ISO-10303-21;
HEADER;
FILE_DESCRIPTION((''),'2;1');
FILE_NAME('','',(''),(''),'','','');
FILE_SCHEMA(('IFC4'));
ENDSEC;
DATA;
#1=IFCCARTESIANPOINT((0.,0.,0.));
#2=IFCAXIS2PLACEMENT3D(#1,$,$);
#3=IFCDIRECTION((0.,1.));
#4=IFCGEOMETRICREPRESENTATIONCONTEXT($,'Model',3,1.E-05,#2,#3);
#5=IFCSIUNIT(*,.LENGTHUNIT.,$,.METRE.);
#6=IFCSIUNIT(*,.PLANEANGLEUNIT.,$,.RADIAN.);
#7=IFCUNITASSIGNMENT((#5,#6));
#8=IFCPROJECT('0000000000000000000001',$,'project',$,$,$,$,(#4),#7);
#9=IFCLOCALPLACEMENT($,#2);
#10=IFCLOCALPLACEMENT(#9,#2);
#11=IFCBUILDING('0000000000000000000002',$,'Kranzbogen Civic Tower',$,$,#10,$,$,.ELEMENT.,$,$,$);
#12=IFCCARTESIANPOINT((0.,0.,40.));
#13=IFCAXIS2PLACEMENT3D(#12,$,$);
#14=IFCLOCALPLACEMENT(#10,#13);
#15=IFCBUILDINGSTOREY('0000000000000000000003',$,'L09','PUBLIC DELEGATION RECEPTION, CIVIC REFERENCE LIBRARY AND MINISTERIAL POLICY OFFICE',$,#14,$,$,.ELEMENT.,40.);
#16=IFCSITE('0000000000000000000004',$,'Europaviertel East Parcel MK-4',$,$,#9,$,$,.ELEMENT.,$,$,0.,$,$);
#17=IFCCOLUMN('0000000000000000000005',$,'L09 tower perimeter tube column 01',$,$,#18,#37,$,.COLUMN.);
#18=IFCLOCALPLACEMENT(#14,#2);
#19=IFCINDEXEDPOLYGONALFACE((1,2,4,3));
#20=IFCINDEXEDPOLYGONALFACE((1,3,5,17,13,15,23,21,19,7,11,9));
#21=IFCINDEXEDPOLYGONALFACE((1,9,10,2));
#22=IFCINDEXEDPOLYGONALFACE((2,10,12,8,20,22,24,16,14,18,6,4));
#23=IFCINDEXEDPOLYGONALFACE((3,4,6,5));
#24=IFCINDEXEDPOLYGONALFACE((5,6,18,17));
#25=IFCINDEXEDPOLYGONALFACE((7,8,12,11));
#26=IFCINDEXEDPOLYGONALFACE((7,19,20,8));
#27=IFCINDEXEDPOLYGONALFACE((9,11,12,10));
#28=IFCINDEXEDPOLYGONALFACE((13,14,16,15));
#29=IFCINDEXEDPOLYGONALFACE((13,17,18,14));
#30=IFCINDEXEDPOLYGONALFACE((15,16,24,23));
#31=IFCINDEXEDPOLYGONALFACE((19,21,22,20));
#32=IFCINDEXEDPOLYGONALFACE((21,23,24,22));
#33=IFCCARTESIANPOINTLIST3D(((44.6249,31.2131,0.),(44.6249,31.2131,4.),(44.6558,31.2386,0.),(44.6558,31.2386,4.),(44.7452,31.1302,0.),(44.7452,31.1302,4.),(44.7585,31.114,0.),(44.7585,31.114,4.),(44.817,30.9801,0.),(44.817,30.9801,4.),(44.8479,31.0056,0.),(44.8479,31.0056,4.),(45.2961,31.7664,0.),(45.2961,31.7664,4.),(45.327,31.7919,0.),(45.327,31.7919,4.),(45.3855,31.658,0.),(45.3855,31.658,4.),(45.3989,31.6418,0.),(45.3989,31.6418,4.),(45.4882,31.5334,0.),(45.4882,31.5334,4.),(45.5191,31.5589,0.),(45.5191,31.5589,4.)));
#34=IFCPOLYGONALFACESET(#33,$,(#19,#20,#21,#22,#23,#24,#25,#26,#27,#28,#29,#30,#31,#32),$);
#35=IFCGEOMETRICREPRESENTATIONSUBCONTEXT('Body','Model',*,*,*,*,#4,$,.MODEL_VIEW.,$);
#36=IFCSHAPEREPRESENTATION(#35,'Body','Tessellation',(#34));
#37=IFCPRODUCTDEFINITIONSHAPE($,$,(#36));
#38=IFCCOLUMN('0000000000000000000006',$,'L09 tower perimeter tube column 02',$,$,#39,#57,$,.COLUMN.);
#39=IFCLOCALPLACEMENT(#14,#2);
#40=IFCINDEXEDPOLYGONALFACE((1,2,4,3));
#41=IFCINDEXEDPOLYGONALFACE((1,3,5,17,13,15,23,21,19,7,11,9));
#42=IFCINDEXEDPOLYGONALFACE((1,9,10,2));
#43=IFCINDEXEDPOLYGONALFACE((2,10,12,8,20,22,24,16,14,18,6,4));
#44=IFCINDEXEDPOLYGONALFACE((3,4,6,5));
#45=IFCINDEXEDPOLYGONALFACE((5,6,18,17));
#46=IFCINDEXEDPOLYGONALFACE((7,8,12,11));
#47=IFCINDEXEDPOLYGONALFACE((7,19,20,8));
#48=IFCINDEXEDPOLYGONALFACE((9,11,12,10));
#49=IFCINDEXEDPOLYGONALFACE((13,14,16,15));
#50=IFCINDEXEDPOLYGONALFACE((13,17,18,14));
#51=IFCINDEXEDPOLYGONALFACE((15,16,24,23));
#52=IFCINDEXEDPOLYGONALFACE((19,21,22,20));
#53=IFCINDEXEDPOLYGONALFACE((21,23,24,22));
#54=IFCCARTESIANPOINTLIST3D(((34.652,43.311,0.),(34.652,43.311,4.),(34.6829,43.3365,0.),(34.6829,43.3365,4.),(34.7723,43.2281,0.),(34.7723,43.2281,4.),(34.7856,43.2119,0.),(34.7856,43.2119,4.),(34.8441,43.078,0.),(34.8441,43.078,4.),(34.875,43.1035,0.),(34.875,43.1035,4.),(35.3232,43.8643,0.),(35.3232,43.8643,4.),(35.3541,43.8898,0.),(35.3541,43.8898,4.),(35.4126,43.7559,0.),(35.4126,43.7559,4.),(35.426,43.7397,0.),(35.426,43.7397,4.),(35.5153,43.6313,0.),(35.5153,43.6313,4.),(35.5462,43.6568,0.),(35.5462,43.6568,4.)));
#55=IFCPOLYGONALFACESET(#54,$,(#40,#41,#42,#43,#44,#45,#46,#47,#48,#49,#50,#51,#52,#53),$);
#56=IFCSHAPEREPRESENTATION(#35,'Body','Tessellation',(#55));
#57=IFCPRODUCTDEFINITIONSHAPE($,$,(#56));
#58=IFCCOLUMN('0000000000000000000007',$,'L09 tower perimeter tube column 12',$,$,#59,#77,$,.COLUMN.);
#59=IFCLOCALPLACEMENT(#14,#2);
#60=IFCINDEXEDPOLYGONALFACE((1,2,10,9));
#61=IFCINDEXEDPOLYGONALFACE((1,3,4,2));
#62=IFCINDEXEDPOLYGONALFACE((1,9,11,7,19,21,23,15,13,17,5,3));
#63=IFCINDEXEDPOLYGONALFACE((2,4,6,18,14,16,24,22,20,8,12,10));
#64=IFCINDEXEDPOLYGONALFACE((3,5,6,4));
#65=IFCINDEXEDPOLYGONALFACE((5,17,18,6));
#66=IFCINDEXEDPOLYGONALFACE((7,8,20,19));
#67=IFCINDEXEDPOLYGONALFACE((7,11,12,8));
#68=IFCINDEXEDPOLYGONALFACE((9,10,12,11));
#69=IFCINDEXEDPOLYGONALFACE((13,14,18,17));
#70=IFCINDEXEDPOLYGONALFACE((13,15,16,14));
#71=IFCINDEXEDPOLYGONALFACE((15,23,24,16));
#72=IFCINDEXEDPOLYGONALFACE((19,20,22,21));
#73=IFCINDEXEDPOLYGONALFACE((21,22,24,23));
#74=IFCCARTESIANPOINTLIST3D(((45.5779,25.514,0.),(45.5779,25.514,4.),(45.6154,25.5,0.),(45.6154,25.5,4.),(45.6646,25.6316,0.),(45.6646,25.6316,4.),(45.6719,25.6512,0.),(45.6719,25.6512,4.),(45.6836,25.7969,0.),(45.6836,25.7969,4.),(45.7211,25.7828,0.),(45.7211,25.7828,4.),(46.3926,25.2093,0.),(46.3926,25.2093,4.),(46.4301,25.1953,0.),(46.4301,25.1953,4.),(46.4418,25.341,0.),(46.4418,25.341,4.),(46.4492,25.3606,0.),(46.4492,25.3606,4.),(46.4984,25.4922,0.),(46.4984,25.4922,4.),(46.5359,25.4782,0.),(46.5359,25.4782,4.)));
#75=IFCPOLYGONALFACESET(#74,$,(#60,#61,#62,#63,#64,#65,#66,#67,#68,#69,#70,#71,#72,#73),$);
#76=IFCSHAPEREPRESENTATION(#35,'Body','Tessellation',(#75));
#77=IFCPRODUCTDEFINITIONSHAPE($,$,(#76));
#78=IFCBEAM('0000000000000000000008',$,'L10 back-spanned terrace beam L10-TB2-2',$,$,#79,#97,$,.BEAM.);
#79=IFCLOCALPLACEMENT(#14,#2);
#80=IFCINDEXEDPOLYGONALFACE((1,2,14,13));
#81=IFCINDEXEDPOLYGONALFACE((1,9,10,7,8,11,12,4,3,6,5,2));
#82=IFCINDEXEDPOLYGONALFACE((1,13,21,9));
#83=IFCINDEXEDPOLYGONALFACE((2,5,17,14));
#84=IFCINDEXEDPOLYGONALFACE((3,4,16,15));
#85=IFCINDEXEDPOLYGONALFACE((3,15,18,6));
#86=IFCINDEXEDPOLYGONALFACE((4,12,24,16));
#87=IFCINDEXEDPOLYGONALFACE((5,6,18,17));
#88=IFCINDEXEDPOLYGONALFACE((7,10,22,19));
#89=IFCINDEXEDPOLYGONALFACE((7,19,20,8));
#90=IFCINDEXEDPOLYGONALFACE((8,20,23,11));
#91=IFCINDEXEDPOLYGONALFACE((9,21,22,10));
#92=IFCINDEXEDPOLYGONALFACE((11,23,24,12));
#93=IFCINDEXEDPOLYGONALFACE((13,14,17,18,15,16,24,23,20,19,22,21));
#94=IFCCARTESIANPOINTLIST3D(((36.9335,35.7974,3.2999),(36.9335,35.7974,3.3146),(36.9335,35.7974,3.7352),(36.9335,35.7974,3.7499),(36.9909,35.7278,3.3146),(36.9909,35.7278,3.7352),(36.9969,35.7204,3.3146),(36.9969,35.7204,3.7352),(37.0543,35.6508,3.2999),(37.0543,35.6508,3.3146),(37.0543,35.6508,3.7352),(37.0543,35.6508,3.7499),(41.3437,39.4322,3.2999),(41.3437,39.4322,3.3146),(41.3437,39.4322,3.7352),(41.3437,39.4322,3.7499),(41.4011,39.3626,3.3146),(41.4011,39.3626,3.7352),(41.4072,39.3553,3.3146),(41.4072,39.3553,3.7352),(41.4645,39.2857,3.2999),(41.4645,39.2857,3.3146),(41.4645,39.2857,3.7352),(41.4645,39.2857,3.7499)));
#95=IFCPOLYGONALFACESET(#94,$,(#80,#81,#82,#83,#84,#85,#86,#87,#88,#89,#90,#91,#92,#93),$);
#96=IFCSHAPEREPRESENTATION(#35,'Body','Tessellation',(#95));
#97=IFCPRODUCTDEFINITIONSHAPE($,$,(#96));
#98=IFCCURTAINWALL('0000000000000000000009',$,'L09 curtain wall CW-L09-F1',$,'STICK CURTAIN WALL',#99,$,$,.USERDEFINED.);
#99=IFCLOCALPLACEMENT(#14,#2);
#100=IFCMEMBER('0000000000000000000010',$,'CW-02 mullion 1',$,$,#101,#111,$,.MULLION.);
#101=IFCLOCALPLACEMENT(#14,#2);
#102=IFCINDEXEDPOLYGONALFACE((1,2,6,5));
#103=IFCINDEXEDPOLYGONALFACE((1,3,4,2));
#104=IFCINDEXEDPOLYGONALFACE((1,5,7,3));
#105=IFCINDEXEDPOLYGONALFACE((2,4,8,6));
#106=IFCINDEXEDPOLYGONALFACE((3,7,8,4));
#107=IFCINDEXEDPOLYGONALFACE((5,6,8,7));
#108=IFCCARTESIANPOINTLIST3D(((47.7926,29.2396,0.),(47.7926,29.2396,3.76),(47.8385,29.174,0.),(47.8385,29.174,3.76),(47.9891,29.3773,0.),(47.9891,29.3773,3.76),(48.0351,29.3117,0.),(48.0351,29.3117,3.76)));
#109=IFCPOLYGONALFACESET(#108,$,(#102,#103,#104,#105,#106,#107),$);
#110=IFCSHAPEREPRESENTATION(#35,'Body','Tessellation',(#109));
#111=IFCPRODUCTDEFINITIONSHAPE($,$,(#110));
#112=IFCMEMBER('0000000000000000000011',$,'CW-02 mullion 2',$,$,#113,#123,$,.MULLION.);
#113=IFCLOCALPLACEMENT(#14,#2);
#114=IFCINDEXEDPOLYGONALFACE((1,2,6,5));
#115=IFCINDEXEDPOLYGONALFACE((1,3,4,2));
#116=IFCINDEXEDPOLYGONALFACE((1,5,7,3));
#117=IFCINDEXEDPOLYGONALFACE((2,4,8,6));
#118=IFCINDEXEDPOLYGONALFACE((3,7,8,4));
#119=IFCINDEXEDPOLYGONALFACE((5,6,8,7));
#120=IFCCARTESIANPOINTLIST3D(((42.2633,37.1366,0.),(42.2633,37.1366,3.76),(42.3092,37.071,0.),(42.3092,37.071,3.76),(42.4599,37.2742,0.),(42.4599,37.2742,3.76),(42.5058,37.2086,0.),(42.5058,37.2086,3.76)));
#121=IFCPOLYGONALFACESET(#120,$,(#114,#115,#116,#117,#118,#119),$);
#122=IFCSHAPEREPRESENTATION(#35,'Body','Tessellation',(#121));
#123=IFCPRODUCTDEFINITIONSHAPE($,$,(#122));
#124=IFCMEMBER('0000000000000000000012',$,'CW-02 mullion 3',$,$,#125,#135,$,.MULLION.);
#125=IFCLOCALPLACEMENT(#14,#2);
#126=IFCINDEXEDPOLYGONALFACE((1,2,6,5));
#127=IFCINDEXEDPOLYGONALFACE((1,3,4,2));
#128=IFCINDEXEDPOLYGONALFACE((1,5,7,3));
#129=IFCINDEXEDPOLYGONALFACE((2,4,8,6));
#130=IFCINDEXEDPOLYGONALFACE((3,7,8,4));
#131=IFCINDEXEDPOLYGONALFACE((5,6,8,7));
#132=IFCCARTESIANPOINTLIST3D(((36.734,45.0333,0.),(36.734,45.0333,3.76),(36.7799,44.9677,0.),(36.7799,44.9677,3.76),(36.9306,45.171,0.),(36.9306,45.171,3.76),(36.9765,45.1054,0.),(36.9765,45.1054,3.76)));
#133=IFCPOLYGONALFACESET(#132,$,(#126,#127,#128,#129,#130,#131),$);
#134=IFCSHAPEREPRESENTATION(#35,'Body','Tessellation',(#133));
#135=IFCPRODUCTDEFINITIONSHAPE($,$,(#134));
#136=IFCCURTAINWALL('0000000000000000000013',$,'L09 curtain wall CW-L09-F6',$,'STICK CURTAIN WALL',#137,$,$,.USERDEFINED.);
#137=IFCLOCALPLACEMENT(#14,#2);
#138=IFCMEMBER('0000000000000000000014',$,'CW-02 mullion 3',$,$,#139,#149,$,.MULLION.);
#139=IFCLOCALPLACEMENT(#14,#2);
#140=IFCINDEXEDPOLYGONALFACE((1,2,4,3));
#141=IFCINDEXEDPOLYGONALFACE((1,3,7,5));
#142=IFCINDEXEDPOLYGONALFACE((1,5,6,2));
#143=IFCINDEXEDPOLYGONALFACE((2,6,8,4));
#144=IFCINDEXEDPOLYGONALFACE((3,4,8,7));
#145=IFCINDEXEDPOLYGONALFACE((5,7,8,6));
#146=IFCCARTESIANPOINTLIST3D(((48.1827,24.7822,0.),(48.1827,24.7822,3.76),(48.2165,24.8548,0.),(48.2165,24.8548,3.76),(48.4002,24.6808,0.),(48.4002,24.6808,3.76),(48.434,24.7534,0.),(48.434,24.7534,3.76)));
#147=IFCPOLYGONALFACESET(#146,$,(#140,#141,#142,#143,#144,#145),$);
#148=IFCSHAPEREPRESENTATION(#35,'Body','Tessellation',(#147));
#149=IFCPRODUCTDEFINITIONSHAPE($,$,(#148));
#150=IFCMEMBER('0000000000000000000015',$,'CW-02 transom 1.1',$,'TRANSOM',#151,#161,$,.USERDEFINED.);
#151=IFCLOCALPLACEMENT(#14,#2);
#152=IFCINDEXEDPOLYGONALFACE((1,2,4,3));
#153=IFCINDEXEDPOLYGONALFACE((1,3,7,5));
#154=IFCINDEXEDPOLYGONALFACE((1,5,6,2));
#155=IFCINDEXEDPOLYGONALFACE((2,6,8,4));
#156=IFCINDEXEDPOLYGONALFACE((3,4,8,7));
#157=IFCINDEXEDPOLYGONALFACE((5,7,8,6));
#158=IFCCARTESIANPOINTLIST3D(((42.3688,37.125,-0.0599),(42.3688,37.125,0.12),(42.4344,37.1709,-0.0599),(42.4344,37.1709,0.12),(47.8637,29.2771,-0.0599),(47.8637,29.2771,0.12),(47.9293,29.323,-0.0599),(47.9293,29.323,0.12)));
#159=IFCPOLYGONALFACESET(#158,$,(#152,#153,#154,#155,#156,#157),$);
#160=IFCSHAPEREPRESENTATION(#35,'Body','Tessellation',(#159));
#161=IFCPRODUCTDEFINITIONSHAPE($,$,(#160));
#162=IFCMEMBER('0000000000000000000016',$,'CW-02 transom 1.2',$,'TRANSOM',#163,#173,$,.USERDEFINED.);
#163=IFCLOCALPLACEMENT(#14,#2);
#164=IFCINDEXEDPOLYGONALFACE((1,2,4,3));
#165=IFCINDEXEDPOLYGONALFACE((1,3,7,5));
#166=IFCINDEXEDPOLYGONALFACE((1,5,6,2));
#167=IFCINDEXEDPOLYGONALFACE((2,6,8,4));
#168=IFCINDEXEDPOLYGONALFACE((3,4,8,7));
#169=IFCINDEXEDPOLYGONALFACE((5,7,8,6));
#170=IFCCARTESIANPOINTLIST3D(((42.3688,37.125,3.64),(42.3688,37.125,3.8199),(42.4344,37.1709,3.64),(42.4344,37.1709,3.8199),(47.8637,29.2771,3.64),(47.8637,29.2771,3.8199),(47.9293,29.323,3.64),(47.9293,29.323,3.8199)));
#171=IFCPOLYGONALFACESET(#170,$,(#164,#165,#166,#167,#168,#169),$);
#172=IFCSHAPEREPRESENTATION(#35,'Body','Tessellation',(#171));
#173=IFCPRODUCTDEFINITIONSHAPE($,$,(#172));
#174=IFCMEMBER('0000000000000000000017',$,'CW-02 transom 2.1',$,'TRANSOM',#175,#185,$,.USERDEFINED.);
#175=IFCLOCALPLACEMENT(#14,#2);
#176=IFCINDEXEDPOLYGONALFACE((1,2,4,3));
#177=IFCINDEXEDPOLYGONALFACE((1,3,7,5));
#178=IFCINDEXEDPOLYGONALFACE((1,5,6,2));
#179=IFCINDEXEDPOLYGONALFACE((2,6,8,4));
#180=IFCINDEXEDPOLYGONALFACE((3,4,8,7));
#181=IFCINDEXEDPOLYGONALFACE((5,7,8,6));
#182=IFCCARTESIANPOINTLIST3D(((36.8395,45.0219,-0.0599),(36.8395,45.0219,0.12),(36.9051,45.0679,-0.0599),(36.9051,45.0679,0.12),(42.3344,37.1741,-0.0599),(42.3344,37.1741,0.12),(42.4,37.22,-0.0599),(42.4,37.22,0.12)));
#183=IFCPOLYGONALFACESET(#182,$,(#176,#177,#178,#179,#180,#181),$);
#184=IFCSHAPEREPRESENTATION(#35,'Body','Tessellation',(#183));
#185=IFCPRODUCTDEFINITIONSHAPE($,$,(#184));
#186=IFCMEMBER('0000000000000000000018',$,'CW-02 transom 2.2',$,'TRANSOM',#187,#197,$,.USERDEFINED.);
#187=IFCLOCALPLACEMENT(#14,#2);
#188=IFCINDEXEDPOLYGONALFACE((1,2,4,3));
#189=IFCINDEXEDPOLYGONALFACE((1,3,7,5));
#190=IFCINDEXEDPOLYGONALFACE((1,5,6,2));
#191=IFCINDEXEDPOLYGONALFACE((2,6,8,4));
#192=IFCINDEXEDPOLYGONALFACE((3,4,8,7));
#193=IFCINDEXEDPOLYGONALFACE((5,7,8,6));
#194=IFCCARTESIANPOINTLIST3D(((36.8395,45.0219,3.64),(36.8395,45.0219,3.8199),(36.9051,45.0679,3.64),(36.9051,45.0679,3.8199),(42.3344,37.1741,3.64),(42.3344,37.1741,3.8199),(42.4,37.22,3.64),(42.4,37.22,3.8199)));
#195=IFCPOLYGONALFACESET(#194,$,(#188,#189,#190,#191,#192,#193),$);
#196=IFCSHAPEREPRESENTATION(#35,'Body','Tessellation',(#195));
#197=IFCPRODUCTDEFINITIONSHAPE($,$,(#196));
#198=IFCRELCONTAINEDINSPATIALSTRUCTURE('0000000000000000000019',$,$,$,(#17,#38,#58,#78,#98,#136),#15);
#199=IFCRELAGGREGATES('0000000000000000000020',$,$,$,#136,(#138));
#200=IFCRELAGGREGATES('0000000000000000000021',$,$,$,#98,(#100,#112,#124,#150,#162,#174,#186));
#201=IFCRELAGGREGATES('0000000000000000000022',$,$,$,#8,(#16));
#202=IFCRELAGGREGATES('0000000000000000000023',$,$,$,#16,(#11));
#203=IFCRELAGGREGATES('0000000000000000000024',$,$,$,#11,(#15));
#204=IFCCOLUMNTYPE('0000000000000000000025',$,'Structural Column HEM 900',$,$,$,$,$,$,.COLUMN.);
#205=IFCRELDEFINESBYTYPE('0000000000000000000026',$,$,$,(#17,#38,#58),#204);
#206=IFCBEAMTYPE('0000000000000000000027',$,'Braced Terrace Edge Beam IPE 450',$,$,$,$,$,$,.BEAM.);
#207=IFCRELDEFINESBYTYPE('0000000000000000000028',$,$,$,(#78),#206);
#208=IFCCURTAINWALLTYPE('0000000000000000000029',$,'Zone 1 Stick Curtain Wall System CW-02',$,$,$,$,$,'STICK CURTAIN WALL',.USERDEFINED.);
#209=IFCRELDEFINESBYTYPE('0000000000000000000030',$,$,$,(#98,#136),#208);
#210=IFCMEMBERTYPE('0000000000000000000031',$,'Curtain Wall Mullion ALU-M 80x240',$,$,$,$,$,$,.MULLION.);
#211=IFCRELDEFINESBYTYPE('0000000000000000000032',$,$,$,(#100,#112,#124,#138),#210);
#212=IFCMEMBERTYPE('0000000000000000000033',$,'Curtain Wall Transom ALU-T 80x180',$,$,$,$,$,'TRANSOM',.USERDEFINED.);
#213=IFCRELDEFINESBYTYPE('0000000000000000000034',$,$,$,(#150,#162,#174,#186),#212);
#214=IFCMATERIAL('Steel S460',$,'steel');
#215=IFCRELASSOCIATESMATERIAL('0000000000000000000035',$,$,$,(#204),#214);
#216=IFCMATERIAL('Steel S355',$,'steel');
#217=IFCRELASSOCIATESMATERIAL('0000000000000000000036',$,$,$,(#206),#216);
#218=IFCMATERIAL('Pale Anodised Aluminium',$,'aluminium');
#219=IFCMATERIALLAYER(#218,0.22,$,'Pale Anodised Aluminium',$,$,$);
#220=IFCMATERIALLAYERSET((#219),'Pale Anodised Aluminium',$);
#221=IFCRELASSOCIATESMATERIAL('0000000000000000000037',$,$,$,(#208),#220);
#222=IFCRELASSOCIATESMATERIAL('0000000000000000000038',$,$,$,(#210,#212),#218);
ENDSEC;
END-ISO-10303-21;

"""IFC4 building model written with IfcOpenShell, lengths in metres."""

from ifc_helpers import new_model, si_unit, direction, frame, origin, origin_2d, place, context, subcontext, project, spatial, rectangle, i_section, extrude, material, layer, layer_set, material_profile, profile_set, type_object, element, aggregate, save


model = new_model("IFC4")

# Units and contexts
model_context = context("Model", 3, precision=1e-05, world=origin(), true_north=direction((0.0, 1.0)))
body_context = subcontext(model_context, "Body", "Model", "MODEL_VIEW")
ifc_project = project(units=[si_unit("LENGTHUNIT", "METRE"), si_unit("PLANEANGLEUNIT", "RADIAN")], contexts=[model_context])

# Site, building, storey
site_placement = place(None, origin())
site = spatial("IfcSite", under=ifc_project, at=site_placement, Name="Europaviertel East Parcel MK-4", CompositionType="ELEMENT", RefElevation=0.0)
building_placement = place(site_placement, origin())
building = spatial("IfcBuilding", under=site, at=building_placement, Name="Kranzbogen Civic Tower", CompositionType="ELEMENT")
storey_placement = place(building_placement, frame((0.0, 0.0, 40.0)))
storey = spatial("IfcBuildingStorey", under=building, at=storey_placement, Name="L09", Description="PUBLIC DELEGATION RECEPTION, CIVIC REFERENCE LIBRARY AND MINISTERIAL POLICY OFFICE", CompositionType="ELEMENT", Elevation=40.0)

# Columns
ifc_material_1 = material(Name="Steel S460", Category="steel")
ifc_material_profile_1 = material_profile(ifc_material_1, i_section(OverallWidth=0.302, OverallDepth=0.9099, WebThickness=0.021, FlangeThickness=0.04, at=origin_2d()), Name="HEM 900")
ifc_profile_set_1 = profile_set([ifc_material_profile_1], Name="Steel S460")
column_type = type_object("IfcColumnType", Name="Structural Column HEM 900", PredefinedType="COLUMN", material=ifc_profile_set_1)
for number, where, z_axis, x_axis, name in (
    (1, (45.072, 31.386, 0.0), (0.0, 0.0, 1.0), (-0.636078, 0.771625, 0.0), "L09 tower perimeter tube column 01"),
    (2, (35.0991, 43.4839, 0.0), (0.0, 0.0, 1.0), (-0.636078, 0.771625, 0.0), "L09 tower perimeter tube column 02"),
    (3, (46.0569, 25.4961, 0.0), (0.0, 0.0, 1.0), (0.350207, 0.936672, 0.0), "L09 tower perimeter tube column 12"),
):
    element("IfcColumn", number, at=place(storey_placement, frame(where, z_axis=z_axis, x_axis=x_axis)), inside=storey, type_object=column_type, Name=name, PredefinedType="COLUMN", context=body_context, shape_type="SweptSolid", body=[
        extrude(i_section(OverallWidth=0.302, OverallDepth=0.9099, WebThickness=0.021, FlangeThickness=0.04, at=origin_2d()), origin(), (0.0, 0.0, 1.0), 4.0),
    ])

# Beam
ifc_material_2 = material(Name="Steel S355", Category="steel")
ifc_material_profile_2 = material_profile(ifc_material_2, i_section(OverallWidth=0.1899, OverallDepth=0.45, WebThickness=0.0095, FlangeThickness=0.0146, at=origin_2d()), Name="IPE 450")
ifc_profile_set_2 = profile_set([ifc_material_profile_2], Name="Steel S355")
beam_type_1 = type_object("IfcBeamType", Name="Braced Terrace Edge Beam IPE 450", PredefinedType="BEAM", material=ifc_profile_set_2)
beam_1_placement = place(storey_placement, frame((36.9939, 35.7241, 3.5249), z_axis=(0.771684, 0.636007, 0.0), x_axis=(-0.636007, 0.771684, 0.0)))
element("IfcBeam", 4, at=beam_1_placement, inside=storey, type_object=beam_type_1, Name="L10 back-spanned terrace beam L10-TB2-2", PredefinedType="BEAM", context=body_context, shape_type="SweptSolid", body=[
    extrude(i_section(OverallWidth=0.1899, OverallDepth=0.45, WebThickness=0.0095, FlangeThickness=0.0146, at=origin_2d()), origin(), (0.0, 0.0, 1.0), 5.7151),
])

# Curtain wall, members
ifc_material_3 = material(Name="Pale Anodised Aluminium", Category="aluminium")
ifc_layer_1 = layer(ifc_material_3, 0.22, Name="Pale Anodised Aluminium")
ifc_layer_set_1 = layer_set([ifc_layer_1], Name="Pale Anodised Aluminium")
curtain_wall_type = type_object("IfcCurtainWallType", Name="Zone 1 Stick Curtain Wall System CW-02", ElementType="STICK CURTAIN WALL", PredefinedType="USERDEFINED", material=ifc_layer_set_1)
curtain_wall_1_placement = place(storey_placement, origin())
curtain_wall_1 = element("IfcCurtainWall", 5, at=curtain_wall_1_placement, inside=storey, type_object=curtain_wall_type, Name="L09 curtain wall CW-L09-F1", ObjectType="STICK CURTAIN WALL", PredefinedType="USERDEFINED")
ifc_material_profile_3 = material_profile(ifc_material_3, rectangle(XDim=0.0801, YDim=0.24, at=origin_2d()), Name="ALU-M 80x240")
ifc_profile_set_3 = profile_set([ifc_material_profile_3], Name="Pale Anodised Aluminium")
member_type_1 = type_object("IfcMemberType", Name="Curtain Wall Mullion ALU-M 80x240", PredefinedType="MULLION", material=ifc_profile_set_3)
member_1_placement = place(storey_placement, frame((47.9138, 29.2756, 0.0), z_axis=(0.0, 0.0, 1.0), x_axis=(-0.573563, 0.819161, 0.0)))
member_1 = element("IfcMember", 6, at=member_1_placement, type_object=member_type_1, Name="CW-02 mullion 1", PredefinedType="MULLION", context=body_context, shape_type="SweptSolid", body=[
    extrude(rectangle(XDim=0.0801, YDim=0.24, at=origin_2d()), origin(), (0.0, 0.0, 1.0), 3.76),
])
member_2_placement = place(storey_placement, frame((42.3845, 37.1726, 0.0), z_axis=(0.0, 0.0, 1.0), x_axis=(-0.573563, 0.819161, 0.0)))
member_2 = element("IfcMember", 7, at=member_2_placement, type_object=member_type_1, Name="CW-02 mullion 2", PredefinedType="MULLION", context=body_context, shape_type="SweptSolid", body=[
    extrude(rectangle(XDim=0.0801, YDim=0.24, at=origin_2d()), origin(), (0.0, 0.0, 1.0), 3.76),
])
member_3_placement = place(storey_placement, frame((36.8552, 45.0693, 0.0), z_axis=(0.0, 0.0, 1.0), x_axis=(-0.573563, 0.819161, 0.0)))
member_3 = element("IfcMember", 8, at=member_3_placement, type_object=member_type_1, Name="CW-02 mullion 3", PredefinedType="MULLION", context=body_context, shape_type="SweptSolid", body=[
    extrude(rectangle(XDim=0.0801, YDim=0.24, at=origin_2d()), origin(), (0.0, 0.0, 1.0), 3.76),
])

# Curtain wall, member
curtain_wall_2_placement = place(storey_placement, origin())
curtain_wall_2 = element("IfcCurtainWall", 9, at=curtain_wall_2_placement, inside=storey, type_object=curtain_wall_type, Name="L09 curtain wall CW-L09-F6", ObjectType="STICK CURTAIN WALL", PredefinedType="USERDEFINED")
member_4_placement = place(storey_placement, frame((48.3083, 24.7678, 0.0), z_axis=(0.0, 0.0, 1.0), x_axis=(0.422622, 0.906306, 0.0)))
member_4 = element("IfcMember", 10, at=member_4_placement, type_object=member_type_1, Name="CW-02 mullion 3", PredefinedType="MULLION", context=body_context, shape_type="SweptSolid", body=[
    extrude(rectangle(XDim=0.0801, YDim=0.24, at=origin_2d()), origin(), (0.0, 0.0, 1.0), 3.76),
])
aggregate(curtain_wall_2, [member_4])

# Members
ifc_material_profile_4 = material_profile(ifc_material_3, rectangle(XDim=0.0801, YDim=0.1799, at=origin_2d()), Name="ALU-T 80x180")
ifc_profile_set_4 = profile_set([ifc_material_profile_4], Name="Pale Anodised Aluminium")
member_type_2 = type_object("IfcMemberType", Name="Curtain Wall Transom ALU-T 80x180", ElementType="TRANSOM", PredefinedType="USERDEFINED", material=ifc_profile_set_4)
member_5_placement = place(storey_placement, frame((47.8965, 29.3, 0.03), z_axis=(-0.573556, 0.819166, 0.0), x_axis=(-0.819166, -0.573556, 0.0)))
member_5 = element("IfcMember", 11, at=member_5_placement, type_object=member_type_2, Name="CW-02 transom 1.1", ObjectType="TRANSOM", PredefinedType="USERDEFINED", context=body_context, shape_type="SweptSolid", body=[
    extrude(rectangle(XDim=0.0801, YDim=0.1799, at=origin_2d()), origin(), (0.0, 0.0, 1.0), 9.5803),
])
member_6_placement = place(storey_placement, frame((47.8965, 29.3, 3.73), z_axis=(-0.573556, 0.819166, 0.0), x_axis=(-0.819166, -0.573556, 0.0)))
member_6 = element("IfcMember", 12, at=member_6_placement, type_object=member_type_2, Name="CW-02 transom 1.2", ObjectType="TRANSOM", PredefinedType="USERDEFINED", context=body_context, shape_type="SweptSolid", body=[
    extrude(rectangle(XDim=0.0801, YDim=0.1799, at=origin_2d()), origin(), (0.0, 0.0, 1.0), 9.5803),
])
member_7_placement = place(storey_placement, frame((42.3672, 37.197, 0.03), z_axis=(-0.573556, 0.819166, 0.0), x_axis=(-0.819166, -0.573556, 0.0)))
member_7 = element("IfcMember", 13, at=member_7_placement, type_object=member_type_2, Name="CW-02 transom 2.1", ObjectType="TRANSOM", PredefinedType="USERDEFINED", context=body_context, shape_type="SweptSolid", body=[
    extrude(rectangle(XDim=0.0801, YDim=0.1799, at=origin_2d()), origin(), (0.0, 0.0, 1.0), 9.5803),
])
member_8_placement = place(storey_placement, frame((42.3672, 37.197, 3.73), z_axis=(-0.573556, 0.819166, 0.0), x_axis=(-0.819166, -0.573556, 0.0)))
member_8 = element("IfcMember", 14, at=member_8_placement, type_object=member_type_2, Name="CW-02 transom 2.2", ObjectType="TRANSOM", PredefinedType="USERDEFINED", context=body_context, shape_type="SweptSolid", body=[
    extrude(rectangle(XDim=0.0801, YDim=0.1799, at=origin_2d()), origin(), (0.0, 0.0, 1.0), 9.5803),
])

aggregate(curtain_wall_1, [member_1, member_2, member_3, member_5, member_6, member_7, member_8])

save(model, "model.ifc")
